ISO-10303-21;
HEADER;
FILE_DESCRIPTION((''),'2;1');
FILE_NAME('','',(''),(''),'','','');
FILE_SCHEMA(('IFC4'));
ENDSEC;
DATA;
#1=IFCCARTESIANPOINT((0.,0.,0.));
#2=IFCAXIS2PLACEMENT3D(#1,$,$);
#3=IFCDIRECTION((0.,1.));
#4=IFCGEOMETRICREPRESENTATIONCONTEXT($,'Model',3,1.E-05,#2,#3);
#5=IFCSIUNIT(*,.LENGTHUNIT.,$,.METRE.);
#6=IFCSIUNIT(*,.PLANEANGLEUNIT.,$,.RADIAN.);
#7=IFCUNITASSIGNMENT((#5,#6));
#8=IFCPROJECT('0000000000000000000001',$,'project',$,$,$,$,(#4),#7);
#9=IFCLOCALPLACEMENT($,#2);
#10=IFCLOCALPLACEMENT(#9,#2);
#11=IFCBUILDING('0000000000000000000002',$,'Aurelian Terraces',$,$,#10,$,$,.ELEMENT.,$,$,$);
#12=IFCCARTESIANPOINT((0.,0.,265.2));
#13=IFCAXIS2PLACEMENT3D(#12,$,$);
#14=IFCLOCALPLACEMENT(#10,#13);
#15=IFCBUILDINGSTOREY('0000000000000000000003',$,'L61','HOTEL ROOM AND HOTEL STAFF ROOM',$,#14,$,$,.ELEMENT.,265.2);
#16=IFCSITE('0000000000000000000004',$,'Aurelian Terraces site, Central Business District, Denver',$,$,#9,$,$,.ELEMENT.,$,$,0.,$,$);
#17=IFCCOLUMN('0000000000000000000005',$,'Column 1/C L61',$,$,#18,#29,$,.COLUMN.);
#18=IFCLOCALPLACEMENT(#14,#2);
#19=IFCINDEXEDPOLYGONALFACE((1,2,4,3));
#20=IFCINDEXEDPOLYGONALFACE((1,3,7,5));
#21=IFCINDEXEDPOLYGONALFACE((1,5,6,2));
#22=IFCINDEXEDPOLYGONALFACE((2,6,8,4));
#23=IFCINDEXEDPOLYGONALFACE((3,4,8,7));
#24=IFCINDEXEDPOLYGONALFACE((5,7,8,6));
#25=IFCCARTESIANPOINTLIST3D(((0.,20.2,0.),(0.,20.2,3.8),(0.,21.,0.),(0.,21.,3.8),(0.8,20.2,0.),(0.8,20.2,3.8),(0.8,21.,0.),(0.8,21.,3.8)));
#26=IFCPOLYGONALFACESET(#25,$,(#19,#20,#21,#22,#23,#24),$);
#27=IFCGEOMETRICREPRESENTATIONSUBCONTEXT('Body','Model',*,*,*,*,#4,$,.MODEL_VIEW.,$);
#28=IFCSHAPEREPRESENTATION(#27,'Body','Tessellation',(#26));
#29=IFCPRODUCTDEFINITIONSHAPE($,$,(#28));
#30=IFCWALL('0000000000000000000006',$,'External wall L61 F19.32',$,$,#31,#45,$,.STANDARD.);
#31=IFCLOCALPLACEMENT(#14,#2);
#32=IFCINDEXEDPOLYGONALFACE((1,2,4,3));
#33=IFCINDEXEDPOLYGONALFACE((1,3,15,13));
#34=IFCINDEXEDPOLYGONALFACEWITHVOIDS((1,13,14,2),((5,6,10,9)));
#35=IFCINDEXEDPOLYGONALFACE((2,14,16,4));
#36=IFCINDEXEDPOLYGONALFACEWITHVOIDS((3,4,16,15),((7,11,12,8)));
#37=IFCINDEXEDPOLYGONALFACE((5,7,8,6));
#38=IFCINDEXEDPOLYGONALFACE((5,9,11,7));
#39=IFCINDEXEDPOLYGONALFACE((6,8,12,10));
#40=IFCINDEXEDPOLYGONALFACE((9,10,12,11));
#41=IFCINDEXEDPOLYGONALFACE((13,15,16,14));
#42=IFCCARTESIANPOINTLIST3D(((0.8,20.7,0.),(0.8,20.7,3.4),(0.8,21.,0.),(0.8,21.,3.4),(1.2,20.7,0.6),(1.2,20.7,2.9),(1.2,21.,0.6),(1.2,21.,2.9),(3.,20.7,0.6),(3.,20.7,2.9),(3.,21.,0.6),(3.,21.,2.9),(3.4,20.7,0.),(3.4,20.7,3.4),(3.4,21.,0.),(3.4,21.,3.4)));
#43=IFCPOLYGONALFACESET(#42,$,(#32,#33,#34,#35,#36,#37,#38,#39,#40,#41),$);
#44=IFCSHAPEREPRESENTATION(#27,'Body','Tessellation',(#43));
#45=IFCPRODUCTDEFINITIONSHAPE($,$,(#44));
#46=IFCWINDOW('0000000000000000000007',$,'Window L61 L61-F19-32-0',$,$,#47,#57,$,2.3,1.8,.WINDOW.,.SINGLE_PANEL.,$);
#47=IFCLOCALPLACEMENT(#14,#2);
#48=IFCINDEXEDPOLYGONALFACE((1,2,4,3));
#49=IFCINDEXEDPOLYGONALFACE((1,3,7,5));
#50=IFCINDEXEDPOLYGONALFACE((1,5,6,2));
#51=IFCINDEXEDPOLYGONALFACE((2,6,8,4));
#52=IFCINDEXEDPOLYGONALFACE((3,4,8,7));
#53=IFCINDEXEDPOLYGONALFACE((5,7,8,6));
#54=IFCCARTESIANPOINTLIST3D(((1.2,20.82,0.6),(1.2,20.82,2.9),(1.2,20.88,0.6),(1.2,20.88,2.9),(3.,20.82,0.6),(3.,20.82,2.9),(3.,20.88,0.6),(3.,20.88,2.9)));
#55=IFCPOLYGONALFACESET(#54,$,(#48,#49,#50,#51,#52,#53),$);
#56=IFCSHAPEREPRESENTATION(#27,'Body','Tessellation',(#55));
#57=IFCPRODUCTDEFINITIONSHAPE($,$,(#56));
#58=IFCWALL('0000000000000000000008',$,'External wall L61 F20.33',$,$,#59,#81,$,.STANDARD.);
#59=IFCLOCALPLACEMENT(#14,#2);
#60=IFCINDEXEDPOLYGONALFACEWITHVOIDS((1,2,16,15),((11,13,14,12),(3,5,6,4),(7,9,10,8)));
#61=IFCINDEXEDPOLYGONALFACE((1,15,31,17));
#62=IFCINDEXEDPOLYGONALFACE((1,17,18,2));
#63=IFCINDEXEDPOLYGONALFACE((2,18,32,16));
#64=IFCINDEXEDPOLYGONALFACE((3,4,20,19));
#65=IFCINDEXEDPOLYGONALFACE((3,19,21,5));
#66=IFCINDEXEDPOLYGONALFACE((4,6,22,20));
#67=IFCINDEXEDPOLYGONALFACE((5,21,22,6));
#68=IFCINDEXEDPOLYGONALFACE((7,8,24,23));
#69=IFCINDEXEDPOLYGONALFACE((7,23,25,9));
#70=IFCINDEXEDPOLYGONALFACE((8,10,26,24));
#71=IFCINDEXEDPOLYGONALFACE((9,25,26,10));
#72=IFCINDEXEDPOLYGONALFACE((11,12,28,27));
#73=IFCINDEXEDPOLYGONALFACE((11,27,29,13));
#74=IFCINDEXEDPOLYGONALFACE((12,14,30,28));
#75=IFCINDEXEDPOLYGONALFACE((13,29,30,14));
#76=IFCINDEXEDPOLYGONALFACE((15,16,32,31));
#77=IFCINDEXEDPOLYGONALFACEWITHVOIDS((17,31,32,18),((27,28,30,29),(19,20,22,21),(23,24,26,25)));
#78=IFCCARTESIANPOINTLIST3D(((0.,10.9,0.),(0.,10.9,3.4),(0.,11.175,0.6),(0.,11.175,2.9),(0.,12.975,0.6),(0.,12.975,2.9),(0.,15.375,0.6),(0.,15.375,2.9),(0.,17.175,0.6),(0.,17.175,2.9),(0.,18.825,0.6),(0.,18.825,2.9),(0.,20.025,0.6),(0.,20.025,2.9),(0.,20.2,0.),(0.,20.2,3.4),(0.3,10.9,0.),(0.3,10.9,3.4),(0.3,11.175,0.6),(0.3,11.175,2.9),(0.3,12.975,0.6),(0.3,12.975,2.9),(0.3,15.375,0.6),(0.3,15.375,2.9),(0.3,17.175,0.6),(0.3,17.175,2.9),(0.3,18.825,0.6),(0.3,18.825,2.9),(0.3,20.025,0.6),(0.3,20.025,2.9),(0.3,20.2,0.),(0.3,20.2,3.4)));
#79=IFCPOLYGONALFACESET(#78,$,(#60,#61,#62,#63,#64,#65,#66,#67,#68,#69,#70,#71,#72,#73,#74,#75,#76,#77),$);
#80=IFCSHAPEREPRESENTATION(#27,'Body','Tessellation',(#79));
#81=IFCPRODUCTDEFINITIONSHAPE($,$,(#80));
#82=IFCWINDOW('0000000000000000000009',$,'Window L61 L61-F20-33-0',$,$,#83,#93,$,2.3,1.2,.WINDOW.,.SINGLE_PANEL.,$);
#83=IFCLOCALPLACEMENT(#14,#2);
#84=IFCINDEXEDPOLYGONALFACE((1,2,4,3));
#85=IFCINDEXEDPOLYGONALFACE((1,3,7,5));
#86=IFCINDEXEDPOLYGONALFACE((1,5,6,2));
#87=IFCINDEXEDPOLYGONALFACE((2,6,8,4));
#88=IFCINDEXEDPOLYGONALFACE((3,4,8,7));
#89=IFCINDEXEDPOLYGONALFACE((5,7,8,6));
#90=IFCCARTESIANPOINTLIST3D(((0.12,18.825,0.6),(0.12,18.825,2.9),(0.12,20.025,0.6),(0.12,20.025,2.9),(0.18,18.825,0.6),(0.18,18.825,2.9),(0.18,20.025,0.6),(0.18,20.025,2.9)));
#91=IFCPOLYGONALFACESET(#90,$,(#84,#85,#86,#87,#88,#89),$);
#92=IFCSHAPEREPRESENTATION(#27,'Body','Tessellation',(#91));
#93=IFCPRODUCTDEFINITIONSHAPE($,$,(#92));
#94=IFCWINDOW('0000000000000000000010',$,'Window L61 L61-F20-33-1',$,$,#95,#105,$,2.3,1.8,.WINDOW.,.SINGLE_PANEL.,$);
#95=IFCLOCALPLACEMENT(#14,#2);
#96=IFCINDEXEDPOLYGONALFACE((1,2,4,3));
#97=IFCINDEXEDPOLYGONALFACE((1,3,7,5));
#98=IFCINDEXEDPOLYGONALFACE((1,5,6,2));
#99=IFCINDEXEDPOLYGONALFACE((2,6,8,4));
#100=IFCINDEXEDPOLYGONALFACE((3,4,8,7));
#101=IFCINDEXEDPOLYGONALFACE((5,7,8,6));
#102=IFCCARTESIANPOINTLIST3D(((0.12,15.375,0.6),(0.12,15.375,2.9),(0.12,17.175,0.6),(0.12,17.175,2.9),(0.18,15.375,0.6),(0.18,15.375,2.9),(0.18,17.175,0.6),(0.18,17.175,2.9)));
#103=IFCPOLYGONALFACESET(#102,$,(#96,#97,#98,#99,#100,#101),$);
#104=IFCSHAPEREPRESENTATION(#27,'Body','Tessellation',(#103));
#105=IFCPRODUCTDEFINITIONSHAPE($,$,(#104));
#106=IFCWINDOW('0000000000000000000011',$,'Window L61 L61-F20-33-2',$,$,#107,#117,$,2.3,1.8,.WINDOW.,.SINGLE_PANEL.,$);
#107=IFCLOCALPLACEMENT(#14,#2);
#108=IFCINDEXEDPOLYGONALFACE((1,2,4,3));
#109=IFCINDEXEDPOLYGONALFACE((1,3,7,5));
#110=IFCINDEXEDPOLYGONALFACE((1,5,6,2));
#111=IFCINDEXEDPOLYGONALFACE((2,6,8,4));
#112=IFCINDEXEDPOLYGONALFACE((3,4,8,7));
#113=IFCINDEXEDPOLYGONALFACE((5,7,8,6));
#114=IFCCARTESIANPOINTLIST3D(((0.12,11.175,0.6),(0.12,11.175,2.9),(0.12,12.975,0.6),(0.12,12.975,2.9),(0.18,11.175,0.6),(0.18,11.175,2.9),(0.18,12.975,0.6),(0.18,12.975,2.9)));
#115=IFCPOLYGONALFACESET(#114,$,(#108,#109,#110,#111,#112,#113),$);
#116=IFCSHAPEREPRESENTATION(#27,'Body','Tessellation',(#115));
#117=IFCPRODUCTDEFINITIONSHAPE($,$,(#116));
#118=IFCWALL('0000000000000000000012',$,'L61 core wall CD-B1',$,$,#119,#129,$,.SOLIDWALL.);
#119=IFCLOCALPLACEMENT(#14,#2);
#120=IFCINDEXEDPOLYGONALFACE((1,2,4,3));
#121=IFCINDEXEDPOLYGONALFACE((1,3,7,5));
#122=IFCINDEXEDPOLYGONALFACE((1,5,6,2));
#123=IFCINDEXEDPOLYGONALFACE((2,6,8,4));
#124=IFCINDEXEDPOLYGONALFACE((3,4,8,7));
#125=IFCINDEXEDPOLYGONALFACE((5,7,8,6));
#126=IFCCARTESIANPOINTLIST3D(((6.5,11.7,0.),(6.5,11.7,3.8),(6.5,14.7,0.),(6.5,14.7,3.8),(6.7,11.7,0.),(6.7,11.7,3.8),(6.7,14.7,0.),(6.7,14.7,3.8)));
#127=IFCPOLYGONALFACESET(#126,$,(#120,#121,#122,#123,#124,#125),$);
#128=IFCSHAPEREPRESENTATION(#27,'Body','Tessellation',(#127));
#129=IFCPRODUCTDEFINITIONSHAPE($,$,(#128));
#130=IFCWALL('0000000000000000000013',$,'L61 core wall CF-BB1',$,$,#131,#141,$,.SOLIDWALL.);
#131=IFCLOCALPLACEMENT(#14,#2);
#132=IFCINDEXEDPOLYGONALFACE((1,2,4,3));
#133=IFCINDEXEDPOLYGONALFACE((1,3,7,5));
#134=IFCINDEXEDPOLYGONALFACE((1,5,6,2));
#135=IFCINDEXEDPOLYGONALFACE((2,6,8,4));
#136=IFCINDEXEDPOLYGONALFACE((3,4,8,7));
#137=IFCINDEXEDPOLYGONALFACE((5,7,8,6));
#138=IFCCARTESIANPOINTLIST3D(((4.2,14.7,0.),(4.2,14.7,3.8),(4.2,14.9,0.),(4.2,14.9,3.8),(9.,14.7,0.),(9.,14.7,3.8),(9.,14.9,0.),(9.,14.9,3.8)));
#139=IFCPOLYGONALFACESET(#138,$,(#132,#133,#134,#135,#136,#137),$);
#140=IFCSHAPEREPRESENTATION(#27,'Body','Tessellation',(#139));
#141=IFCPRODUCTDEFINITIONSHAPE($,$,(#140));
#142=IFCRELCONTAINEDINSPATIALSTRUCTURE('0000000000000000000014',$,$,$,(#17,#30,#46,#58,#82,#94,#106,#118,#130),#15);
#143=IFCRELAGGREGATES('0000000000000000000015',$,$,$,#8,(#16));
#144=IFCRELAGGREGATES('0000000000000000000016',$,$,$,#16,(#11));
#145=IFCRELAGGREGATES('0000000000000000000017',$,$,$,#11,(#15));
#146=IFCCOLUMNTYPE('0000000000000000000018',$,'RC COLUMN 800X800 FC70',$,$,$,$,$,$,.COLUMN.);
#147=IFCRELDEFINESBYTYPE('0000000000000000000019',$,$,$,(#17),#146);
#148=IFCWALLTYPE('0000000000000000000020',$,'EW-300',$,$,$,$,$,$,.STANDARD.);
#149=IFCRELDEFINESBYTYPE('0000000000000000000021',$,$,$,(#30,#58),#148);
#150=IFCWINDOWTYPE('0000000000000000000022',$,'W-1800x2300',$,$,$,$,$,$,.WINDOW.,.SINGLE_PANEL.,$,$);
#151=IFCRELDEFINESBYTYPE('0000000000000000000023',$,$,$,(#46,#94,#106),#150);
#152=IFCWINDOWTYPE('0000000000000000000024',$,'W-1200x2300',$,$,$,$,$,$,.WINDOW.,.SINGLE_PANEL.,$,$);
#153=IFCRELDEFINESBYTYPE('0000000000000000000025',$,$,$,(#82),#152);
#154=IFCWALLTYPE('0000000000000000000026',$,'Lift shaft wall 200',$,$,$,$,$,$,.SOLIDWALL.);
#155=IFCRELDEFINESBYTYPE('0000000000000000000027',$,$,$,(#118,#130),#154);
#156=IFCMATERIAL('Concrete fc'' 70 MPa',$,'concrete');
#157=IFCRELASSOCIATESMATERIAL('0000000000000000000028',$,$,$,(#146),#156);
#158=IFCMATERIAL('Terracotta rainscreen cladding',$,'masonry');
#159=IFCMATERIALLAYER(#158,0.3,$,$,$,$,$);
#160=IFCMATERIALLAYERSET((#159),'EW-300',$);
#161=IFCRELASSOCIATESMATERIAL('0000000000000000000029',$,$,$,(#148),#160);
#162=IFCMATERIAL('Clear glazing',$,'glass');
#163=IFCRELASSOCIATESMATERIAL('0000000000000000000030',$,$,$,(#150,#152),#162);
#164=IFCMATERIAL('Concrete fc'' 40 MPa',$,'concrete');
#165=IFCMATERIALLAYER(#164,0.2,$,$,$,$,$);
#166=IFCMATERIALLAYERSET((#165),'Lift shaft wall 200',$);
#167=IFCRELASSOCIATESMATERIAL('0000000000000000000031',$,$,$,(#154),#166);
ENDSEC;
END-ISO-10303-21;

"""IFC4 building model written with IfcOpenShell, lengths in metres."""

from ifc_helpers import new_model, si_unit, direction, frame, frame_2d, origin, origin_2d, place, context, subcontext, project, spatial, rectangle, extrude, source, transform, mapped, material, layer, layer_set, material_profile, profile_set, type_object, element, fill, save


model = new_model("IFC4")

# Units and contexts
model_context = context("Model", 3, precision=1e-05, world=origin(), true_north=direction((0.0, 1.0)))
body_context = subcontext(model_context, "Body", "Model", "MODEL_VIEW")
ifc_project = project(units=[si_unit("LENGTHUNIT", "METRE"), si_unit("PLANEANGLEUNIT", "RADIAN")], contexts=[model_context])

# Site, building, storey
site_placement = place(None, origin())
site = spatial("IfcSite", under=ifc_project, at=site_placement, Name="Aurelian Terraces site, Central Business District, Denver", CompositionType="ELEMENT", RefElevation=0.0)
building_placement = place(site_placement, origin())
building = spatial("IfcBuilding", under=site, at=building_placement, Name="Aurelian Terraces", CompositionType="ELEMENT")
storey_placement = place(building_placement, frame((0.0, 0.0, 265.2)))
storey = spatial("IfcBuildingStorey", under=building, at=storey_placement, Name="L61", Description="HOTEL ROOM AND HOTEL STAFF ROOM", CompositionType="ELEMENT", Elevation=265.2)

# Column
ifc_material_1 = material(Name="Concrete fc' 70 MPa", Category="concrete")
ifc_material_profile = material_profile(ifc_material_1, rectangle(XDim=0.8, YDim=0.8, at=origin_2d()))
ifc_profile_set = profile_set([ifc_material_profile], Name="Concrete fc' 70 MPa")
column_type = type_object("IfcColumnType", Name="RC COLUMN 800X800 FC70", PredefinedType="COLUMN", material=ifc_profile_set)
shared_shape_1 = source(origin(), body_context, "Body", "SweptSolid", [
    extrude(rectangle(XDim=0.8, YDim=0.8, at=origin_2d()), origin(), (0.0, 0.0, 1.0), 3.8),
])
column_placement = place(storey_placement, frame((0.4, 20.6, 0.0), z_axis=(0.0, 0.0, 1.0), x_axis=(1.0, 0.0, 0.0)))
element("IfcColumn", 1, at=column_placement, inside=storey, type_object=column_type, Name="Column 1/C L61", PredefinedType="COLUMN", context=body_context, shape_type="MappedRepresentation", body=[
    mapped(shared_shape_1, transform((0.0, 0.0, 0.0), scale=1.0)),
])

# Wall, opening, window
ifc_material_2 = material(Name="Terracotta rainscreen cladding", Category="masonry")
ifc_layer_1 = layer(ifc_material_2, 0.3)
ifc_layer_set_1 = layer_set([ifc_layer_1], Name="EW-300")
wall_type_1 = type_object("IfcWallType", Name="EW-300", PredefinedType="STANDARD", material=ifc_layer_set_1)
shared_shape_2 = source(origin(), body_context, "Body", "SweptSolid", [
    extrude(rectangle(XDim=2.6, YDim=0.3, at=frame_2d((1.3, 0.0))), origin(), (0.0, 0.0, 1.0), 3.4),
])
wall_1_placement = place(storey_placement, frame((3.4, 20.85, 0.0), z_axis=(0.0, 0.0, 1.0), x_axis=(-1.0, 0.0, 0.0)))
wall_1 = element("IfcWall", 2, at=wall_1_placement, inside=storey, type_object=wall_type_1, Name="External wall L61 F19.32", PredefinedType="STANDARD", context=body_context, shape_type="MappedRepresentation", body=[
    mapped(shared_shape_2, transform((0.0, 0.0, 0.0), scale=1.0)),
])
shared_shape_3 = source(origin(), body_context, "Body", "SweptSolid", [
    extrude(rectangle(XDim=1.8, YDim=2.3, at=frame_2d((0.9, 1.15))), frame((0.0, 0.16, 0.0), z_axis=(0.0, -1.0, 0.0), x_axis=(1.0, 0.0, 0.0)), (0.0, 0.0, 1.0), 0.32),
])
opening_1_placement = place(wall_1_placement, frame((0.4, 0.0, 0.6)))
opening_1 = element("IfcOpeningElement", 3, at=opening_1_placement, cuts=wall_1, PredefinedType="OPENING", context=body_context, shape_type="MappedRepresentation", body=[
    mapped(shared_shape_3, transform((0.0, 0.0, 0.0), scale=1.0)),
])
ifc_material_3 = material(Name="Clear glazing", Category="glass")
window_type_1 = type_object("IfcWindowType", Name="W-1800x2300", PartitioningType="SINGLE_PANEL", PredefinedType="WINDOW", material=ifc_material_3)
shared_shape_4 = source(origin(), body_context, "Body", "SweptSolid", [
    extrude(rectangle(XDim=1.8, YDim=2.3, at=frame_2d((0.9, 1.15))), frame((0.0, 0.03, 0.0), z_axis=(0.0, -1.0, 0.0), x_axis=(1.0, 0.0, 0.0)), (0.0, 0.0, 1.0), 0.06),
])
window_1_placement = place(opening_1_placement, origin())
window_1 = element("IfcWindow", 4, at=window_1_placement, inside=storey, type_object=window_type_1, Name="Window L61 L61-F19-32-0", OverallHeight=2.3, OverallWidth=1.8, PartitioningType="SINGLE_PANEL", PredefinedType="WINDOW", context=body_context, shape_type="MappedRepresentation", body=[
    mapped(shared_shape_4, transform((0.0, 0.0, 0.0), scale=1.0)),
])
fill(opening_1, window_1)

# Wall, openings, windows
shared_shape_5 = source(origin(), body_context, "Body", "SweptSolid", [
    extrude(rectangle(XDim=9.3, YDim=0.3, at=frame_2d((4.65, 0.0))), origin(), (0.0, 0.0, 1.0), 3.4),
])
wall_2_placement = place(storey_placement, frame((0.15, 20.2, 0.0), z_axis=(0.0, 0.0, 1.0), x_axis=(0.0, -1.0, 0.0)))
wall_2 = element("IfcWall", 5, at=wall_2_placement, inside=storey, type_object=wall_type_1, Name="External wall L61 F20.33", PredefinedType="STANDARD", context=body_context, shape_type="MappedRepresentation", body=[
    mapped(shared_shape_5, transform((0.0, 0.0, 0.0), scale=1.0)),
])
shared_shape_6 = source(origin(), body_context, "Body", "SweptSolid", [
    extrude(rectangle(XDim=1.2, YDim=2.3, at=frame_2d((0.6, 1.15))), frame((0.0, 0.16, 0.0), z_axis=(0.0, -1.0, 0.0), x_axis=(1.0, 0.0, 0.0)), (0.0, 0.0, 1.0), 0.32),
])
opening_2_placement = place(wall_2_placement, frame((0.175, 0.0, 0.6)))
opening_2 = element("IfcOpeningElement", 6, at=opening_2_placement, cuts=wall_2, PredefinedType="OPENING", context=body_context, shape_type="MappedRepresentation", body=[
    mapped(shared_shape_6, transform((0.0, 0.0, 0.0), scale=1.0)),
])
opening_3_placement = place(wall_2_placement, frame((3.025, 0.0, 0.6)))
opening_3 = element("IfcOpeningElement", 7, at=opening_3_placement, cuts=wall_2, PredefinedType="OPENING", context=body_context, shape_type="MappedRepresentation", body=[
    mapped(shared_shape_3, transform((0.0, 0.0, 0.0), scale=1.0)),
])
opening_4_placement = place(wall_2_placement, frame((7.225, 0.0, 0.6)))
opening_4 = element("IfcOpeningElement", 8, at=opening_4_placement, cuts=wall_2, PredefinedType="OPENING", context=body_context, shape_type="MappedRepresentation", body=[
    mapped(shared_shape_3, transform((0.0, 0.0, 0.0), scale=1.0)),
])
window_type_2 = type_object("IfcWindowType", Name="W-1200x2300", PartitioningType="SINGLE_PANEL", PredefinedType="WINDOW", material=ifc_material_3)
shared_shape_7 = source(origin(), body_context, "Body", "SweptSolid", [
    extrude(rectangle(XDim=1.2, YDim=2.3, at=frame_2d((0.6, 1.15))), frame((0.0, 0.03, 0.0), z_axis=(0.0, -1.0, 0.0), x_axis=(1.0, 0.0, 0.0)), (0.0, 0.0, 1.0), 0.06),
])
window_2_placement = place(opening_2_placement, origin())
window_2 = element("IfcWindow", 9, at=window_2_placement, inside=storey, type_object=window_type_2, Name="Window L61 L61-F20-33-0", OverallHeight=2.3, OverallWidth=1.2, PartitioningType="SINGLE_PANEL", PredefinedType="WINDOW", context=body_context, shape_type="MappedRepresentation", body=[
    mapped(shared_shape_7, transform((0.0, 0.0, 0.0), scale=1.0)),
])
fill(opening_2, window_2)
window_3_placement = place(opening_3_placement, origin())
window_3 = element("IfcWindow", 10, at=window_3_placement, inside=storey, type_object=window_type_1, Name="Window L61 L61-F20-33-1", OverallHeight=2.3, OverallWidth=1.8, PartitioningType="SINGLE_PANEL", PredefinedType="WINDOW", context=body_context, shape_type="MappedRepresentation", body=[
    mapped(shared_shape_4, transform((0.0, 0.0, 0.0), scale=1.0)),
])
fill(opening_3, window_3)
window_4_placement = place(opening_4_placement, origin())
window_4 = element("IfcWindow", 11, at=window_4_placement, inside=storey, type_object=window_type_1, Name="Window L61 L61-F20-33-2", OverallHeight=2.3, OverallWidth=1.8, PartitioningType="SINGLE_PANEL", PredefinedType="WINDOW", context=body_context, shape_type="MappedRepresentation", body=[
    mapped(shared_shape_4, transform((0.0, 0.0, 0.0), scale=1.0)),
])
fill(opening_4, window_4)

# Walls
ifc_material_4 = material(Name="Concrete fc' 40 MPa", Category="concrete")
ifc_layer_2 = layer(ifc_material_4, 0.2)
ifc_layer_set_2 = layer_set([ifc_layer_2], Name="Lift shaft wall 200")
wall_type_2 = type_object("IfcWallType", Name="Lift shaft wall 200", PredefinedType="SOLIDWALL", material=ifc_layer_set_2)
shared_shape_8 = source(origin(), body_context, "Body", "SweptSolid", [
    extrude(rectangle(XDim=3.0, YDim=0.2, at=frame_2d((1.5, 0.0))), origin(), (0.0, 0.0, 1.0), 3.8),
])
wall_3_placement = place(storey_placement, frame((6.6, 11.7, 0.0), z_axis=(0.0, 0.0, 1.0), x_axis=(0.0, 1.0, 0.0)))
element("IfcWall", 12, at=wall_3_placement, inside=storey, type_object=wall_type_2, Name="L61 core wall CD-B1", PredefinedType="SOLIDWALL", context=body_context, shape_type="MappedRepresentation", body=[
    mapped(shared_shape_8, transform((0.0, 0.0, 0.0), scale=1.0)),
])
shared_shape_9 = source(origin(), body_context, "Body", "SweptSolid", [
    extrude(rectangle(XDim=4.8, YDim=0.2, at=frame_2d((2.4, 0.0))), origin(), (0.0, 0.0, 1.0), 3.8),
])
wall_4_placement = place(storey_placement, frame((4.2, 14.8, 0.0), z_axis=(0.0, 0.0, 1.0), x_axis=(1.0, 0.0, 0.0)))
element("IfcWall", 13, at=wall_4_placement, inside=storey, type_object=wall_type_2, Name="L61 core wall CF-BB1", PredefinedType="SOLIDWALL", context=body_context, shape_type="MappedRepresentation", body=[
    mapped(shared_shape_9, transform((0.0, 0.0, 0.0), scale=1.0)),
])

save(model, "model.ifc")
